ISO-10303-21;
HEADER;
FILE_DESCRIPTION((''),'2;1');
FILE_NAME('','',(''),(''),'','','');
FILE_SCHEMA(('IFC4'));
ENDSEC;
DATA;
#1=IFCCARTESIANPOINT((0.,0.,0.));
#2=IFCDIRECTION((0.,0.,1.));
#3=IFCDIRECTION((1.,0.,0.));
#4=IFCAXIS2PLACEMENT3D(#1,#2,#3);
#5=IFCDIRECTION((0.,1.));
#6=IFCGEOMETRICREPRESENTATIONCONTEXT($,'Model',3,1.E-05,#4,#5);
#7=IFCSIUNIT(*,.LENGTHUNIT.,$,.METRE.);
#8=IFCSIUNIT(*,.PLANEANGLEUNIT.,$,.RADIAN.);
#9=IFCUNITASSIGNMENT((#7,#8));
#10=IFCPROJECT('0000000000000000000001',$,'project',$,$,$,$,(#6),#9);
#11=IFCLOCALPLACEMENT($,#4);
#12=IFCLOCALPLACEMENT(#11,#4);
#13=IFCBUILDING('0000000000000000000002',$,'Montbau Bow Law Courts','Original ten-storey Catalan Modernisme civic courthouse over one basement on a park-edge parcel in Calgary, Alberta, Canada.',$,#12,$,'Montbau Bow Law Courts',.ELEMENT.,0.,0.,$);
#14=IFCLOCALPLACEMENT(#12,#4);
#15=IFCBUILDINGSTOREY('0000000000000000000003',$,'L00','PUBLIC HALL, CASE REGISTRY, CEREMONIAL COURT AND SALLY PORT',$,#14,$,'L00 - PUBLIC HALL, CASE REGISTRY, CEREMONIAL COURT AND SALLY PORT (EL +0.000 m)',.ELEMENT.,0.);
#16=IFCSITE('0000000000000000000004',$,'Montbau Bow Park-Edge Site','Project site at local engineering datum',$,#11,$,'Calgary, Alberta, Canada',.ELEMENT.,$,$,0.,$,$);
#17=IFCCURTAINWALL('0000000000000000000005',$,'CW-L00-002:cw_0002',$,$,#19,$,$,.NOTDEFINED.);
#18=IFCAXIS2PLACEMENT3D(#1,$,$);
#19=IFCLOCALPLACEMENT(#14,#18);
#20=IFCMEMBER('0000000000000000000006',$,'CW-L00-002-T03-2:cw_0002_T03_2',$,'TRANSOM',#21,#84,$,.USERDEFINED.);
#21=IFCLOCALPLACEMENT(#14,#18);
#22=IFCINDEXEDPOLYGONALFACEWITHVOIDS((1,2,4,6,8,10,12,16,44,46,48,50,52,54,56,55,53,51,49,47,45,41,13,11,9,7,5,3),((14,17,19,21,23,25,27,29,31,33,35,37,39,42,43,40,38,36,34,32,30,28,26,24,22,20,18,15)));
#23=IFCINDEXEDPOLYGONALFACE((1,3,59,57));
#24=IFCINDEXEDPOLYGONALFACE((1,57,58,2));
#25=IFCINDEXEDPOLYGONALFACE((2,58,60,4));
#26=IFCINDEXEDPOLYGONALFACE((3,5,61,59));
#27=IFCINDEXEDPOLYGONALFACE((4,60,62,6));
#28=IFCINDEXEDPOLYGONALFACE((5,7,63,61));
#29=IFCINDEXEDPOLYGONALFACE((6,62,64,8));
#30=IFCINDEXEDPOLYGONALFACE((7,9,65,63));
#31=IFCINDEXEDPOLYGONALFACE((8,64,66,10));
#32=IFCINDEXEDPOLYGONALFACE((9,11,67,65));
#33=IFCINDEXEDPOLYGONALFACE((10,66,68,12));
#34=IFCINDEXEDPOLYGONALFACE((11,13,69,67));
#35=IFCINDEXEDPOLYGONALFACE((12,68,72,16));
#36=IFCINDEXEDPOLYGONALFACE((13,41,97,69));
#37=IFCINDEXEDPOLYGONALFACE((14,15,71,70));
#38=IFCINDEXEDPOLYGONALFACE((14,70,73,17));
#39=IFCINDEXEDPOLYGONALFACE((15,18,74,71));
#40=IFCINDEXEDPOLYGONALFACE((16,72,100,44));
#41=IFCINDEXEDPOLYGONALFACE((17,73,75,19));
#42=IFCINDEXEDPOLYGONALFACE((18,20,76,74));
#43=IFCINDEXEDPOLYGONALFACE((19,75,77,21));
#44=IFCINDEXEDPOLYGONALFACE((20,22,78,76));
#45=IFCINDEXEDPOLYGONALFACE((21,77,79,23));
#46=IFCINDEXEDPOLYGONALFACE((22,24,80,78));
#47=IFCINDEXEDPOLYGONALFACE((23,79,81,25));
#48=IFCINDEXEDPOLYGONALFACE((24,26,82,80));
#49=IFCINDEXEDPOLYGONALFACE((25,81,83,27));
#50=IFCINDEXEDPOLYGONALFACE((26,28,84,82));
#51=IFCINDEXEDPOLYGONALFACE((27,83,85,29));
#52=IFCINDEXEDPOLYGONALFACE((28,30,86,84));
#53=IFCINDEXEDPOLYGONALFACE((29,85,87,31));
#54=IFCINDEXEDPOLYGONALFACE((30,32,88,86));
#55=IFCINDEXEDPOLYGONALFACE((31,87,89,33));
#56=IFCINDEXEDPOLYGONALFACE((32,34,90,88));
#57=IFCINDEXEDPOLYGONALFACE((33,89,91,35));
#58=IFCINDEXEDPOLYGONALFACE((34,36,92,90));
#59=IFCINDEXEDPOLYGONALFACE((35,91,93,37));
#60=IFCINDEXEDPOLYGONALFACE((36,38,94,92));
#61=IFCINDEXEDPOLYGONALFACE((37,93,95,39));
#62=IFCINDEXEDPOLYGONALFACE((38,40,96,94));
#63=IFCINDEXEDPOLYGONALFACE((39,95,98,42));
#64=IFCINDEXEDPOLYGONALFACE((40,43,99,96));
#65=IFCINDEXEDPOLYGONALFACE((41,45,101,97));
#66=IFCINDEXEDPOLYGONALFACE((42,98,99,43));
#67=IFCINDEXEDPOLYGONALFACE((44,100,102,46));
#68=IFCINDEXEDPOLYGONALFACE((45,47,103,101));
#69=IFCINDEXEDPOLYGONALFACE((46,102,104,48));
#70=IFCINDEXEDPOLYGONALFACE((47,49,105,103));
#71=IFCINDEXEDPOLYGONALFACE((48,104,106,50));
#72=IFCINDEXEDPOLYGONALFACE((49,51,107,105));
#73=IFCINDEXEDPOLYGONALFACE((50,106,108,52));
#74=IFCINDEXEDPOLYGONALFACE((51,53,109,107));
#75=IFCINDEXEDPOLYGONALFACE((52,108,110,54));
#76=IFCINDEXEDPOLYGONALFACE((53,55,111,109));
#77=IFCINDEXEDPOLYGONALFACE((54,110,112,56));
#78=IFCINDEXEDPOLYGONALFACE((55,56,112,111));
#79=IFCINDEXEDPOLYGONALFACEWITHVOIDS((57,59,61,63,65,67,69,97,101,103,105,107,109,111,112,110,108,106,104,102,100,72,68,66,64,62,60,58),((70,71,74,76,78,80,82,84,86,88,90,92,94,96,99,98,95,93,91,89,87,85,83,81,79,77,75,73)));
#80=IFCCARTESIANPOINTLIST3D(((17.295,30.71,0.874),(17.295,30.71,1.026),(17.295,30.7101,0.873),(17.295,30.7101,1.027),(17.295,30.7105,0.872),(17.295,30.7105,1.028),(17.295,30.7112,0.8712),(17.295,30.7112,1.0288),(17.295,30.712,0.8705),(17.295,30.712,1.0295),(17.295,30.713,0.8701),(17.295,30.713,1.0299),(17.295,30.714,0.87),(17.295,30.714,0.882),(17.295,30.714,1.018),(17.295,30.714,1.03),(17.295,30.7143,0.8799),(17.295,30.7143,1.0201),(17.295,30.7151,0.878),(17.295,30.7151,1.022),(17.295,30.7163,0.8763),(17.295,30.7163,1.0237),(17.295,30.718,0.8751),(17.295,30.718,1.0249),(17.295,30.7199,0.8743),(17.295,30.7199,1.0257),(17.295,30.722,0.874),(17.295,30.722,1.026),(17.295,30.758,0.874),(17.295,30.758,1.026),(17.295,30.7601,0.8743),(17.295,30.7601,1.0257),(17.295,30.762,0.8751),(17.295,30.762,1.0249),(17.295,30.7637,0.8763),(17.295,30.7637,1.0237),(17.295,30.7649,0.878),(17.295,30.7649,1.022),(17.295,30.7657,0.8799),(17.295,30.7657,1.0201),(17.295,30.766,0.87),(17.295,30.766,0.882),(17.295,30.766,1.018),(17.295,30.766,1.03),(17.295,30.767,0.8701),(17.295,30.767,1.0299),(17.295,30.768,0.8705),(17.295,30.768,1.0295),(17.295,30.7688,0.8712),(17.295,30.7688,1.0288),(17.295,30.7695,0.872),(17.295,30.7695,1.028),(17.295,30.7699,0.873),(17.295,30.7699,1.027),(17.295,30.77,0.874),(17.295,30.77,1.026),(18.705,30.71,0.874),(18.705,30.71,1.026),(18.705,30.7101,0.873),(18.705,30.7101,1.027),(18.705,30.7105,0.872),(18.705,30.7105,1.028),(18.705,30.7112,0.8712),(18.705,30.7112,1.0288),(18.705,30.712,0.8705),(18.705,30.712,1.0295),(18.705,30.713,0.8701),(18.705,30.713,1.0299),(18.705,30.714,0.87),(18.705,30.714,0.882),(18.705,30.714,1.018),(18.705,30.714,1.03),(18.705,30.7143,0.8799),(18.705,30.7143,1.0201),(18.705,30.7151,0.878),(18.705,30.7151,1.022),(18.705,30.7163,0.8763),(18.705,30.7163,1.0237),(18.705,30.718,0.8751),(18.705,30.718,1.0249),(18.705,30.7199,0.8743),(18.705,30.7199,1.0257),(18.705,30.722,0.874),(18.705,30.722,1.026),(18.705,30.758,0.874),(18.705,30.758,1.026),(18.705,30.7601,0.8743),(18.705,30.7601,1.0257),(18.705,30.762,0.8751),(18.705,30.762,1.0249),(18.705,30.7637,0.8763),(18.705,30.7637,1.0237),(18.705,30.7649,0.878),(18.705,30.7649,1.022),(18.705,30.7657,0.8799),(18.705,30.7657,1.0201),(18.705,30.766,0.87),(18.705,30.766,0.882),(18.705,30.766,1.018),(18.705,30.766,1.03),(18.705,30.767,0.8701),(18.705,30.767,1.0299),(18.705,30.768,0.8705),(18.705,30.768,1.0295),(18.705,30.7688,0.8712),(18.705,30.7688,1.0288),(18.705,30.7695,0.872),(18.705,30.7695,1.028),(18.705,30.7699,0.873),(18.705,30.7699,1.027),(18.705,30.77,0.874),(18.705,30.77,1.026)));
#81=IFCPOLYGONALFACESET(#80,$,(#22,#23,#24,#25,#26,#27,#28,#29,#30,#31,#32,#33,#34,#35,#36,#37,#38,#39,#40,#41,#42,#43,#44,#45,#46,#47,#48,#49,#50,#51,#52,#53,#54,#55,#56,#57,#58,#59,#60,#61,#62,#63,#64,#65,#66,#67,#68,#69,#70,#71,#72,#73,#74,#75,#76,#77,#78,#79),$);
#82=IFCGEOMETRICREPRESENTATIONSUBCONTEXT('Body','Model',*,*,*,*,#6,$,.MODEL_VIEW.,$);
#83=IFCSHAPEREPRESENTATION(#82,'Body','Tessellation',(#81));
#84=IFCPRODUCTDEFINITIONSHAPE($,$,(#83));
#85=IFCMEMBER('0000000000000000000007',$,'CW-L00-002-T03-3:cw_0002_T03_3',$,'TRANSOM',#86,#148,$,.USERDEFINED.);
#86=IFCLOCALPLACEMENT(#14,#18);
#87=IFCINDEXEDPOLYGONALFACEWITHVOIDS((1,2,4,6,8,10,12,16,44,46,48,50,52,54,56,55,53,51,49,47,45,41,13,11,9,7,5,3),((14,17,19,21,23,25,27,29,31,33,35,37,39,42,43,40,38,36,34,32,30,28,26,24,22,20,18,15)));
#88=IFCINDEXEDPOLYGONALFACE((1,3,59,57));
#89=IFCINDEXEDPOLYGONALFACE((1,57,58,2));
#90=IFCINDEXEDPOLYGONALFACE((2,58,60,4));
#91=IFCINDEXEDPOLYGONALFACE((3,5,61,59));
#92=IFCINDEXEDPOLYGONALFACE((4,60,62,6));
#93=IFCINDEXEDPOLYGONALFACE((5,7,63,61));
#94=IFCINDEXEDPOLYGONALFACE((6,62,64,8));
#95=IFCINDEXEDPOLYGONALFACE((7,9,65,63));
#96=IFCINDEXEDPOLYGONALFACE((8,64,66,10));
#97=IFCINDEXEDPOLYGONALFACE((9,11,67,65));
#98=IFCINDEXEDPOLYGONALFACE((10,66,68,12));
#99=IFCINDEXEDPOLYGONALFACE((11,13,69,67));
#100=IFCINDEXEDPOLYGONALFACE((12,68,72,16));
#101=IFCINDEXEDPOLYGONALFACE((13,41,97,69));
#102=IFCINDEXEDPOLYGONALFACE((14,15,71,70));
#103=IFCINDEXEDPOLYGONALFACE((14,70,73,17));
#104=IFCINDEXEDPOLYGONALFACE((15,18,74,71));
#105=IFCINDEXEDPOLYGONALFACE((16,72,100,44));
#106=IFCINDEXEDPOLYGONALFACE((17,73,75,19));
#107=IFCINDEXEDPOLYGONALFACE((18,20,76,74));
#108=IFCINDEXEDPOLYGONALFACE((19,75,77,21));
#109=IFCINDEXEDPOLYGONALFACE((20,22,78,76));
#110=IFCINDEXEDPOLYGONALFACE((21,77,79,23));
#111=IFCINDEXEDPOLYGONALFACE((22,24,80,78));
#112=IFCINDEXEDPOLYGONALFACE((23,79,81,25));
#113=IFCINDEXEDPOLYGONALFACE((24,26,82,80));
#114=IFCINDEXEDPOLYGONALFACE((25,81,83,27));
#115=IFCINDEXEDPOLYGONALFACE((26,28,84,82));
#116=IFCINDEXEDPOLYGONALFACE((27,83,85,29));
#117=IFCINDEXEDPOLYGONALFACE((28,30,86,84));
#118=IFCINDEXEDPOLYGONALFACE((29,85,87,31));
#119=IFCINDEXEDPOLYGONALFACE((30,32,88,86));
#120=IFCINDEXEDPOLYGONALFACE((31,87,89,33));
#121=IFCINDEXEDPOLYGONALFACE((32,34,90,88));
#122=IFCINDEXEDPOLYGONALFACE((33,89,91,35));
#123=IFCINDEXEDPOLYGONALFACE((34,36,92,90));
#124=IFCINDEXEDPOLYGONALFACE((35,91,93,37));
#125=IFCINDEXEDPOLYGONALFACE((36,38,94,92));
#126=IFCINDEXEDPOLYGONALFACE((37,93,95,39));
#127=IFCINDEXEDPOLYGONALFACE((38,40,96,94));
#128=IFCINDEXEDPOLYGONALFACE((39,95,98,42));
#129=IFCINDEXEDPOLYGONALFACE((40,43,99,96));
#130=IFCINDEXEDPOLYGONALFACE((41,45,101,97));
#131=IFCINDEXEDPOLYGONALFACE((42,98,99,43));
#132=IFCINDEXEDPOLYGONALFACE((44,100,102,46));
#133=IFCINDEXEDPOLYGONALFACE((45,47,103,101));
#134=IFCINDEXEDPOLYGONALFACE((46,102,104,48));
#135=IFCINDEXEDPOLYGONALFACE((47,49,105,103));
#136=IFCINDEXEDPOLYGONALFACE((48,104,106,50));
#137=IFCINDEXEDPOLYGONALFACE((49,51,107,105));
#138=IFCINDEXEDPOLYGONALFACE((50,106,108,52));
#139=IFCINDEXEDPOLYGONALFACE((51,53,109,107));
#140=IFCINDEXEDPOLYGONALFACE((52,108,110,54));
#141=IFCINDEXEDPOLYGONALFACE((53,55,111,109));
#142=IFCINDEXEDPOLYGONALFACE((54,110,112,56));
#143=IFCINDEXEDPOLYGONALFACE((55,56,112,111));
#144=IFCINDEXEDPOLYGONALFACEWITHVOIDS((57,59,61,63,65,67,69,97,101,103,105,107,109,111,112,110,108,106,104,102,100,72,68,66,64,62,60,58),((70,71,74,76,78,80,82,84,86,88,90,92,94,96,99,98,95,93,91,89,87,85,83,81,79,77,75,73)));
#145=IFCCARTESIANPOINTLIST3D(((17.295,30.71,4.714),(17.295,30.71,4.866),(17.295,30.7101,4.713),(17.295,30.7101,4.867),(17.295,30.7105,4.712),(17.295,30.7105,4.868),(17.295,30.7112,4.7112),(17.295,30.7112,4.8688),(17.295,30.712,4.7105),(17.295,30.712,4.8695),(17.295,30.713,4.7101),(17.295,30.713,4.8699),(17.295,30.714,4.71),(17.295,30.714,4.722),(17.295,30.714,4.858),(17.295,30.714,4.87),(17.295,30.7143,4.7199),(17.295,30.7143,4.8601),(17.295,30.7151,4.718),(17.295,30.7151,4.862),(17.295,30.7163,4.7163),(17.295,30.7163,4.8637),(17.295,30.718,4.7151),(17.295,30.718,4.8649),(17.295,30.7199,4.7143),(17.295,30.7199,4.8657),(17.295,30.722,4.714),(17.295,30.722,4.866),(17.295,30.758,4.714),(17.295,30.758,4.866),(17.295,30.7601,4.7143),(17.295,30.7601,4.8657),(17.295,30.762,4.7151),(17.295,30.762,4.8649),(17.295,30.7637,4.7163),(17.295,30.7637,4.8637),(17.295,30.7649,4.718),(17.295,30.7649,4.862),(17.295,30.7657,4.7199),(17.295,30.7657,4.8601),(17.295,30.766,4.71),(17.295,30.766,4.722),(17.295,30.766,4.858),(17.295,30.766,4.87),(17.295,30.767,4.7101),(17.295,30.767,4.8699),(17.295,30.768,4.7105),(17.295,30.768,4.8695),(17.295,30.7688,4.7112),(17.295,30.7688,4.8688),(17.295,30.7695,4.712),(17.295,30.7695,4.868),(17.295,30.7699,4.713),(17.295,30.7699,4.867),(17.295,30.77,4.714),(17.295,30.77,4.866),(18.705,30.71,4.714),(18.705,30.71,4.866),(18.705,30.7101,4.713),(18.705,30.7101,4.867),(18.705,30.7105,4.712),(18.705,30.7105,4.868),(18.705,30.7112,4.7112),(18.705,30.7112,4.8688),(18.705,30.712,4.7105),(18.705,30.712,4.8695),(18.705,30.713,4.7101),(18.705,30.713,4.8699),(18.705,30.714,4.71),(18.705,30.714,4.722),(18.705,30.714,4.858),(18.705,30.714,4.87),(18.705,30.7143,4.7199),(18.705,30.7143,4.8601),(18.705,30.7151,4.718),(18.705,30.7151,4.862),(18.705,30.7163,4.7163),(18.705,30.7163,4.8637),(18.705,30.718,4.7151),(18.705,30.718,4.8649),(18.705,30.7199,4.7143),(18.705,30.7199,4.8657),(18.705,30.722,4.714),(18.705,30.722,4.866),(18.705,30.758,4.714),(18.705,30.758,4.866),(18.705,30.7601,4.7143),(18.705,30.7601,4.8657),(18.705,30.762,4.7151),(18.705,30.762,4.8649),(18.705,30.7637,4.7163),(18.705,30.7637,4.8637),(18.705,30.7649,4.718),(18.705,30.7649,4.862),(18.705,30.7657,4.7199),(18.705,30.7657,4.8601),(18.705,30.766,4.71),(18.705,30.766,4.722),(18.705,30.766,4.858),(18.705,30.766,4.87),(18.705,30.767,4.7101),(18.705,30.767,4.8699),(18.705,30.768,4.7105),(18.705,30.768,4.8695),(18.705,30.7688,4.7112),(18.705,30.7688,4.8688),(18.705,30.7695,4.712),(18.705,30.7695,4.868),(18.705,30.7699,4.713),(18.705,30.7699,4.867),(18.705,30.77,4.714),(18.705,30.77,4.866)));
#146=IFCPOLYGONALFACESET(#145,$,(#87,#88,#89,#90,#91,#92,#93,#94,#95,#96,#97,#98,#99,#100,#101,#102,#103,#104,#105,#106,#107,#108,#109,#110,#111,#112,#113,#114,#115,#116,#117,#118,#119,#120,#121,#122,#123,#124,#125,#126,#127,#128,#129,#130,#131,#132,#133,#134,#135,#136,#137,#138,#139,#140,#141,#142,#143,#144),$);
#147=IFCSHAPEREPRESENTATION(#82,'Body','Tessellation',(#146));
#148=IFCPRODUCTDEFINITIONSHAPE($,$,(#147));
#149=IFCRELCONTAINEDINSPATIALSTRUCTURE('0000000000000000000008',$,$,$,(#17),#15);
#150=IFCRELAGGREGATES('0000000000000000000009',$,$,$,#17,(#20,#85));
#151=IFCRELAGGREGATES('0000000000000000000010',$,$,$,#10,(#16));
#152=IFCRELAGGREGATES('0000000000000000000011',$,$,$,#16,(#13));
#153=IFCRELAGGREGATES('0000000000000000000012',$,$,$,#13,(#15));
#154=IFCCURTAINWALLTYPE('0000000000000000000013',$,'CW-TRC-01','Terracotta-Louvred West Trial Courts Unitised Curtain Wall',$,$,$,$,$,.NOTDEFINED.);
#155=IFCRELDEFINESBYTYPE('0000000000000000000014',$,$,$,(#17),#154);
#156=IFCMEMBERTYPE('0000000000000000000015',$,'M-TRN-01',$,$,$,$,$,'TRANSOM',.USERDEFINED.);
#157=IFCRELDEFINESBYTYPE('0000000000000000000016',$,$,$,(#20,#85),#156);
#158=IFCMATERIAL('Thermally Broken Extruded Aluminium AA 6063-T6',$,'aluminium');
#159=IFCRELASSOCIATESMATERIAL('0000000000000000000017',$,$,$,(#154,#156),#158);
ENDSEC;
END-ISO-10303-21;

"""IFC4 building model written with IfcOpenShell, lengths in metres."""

from ifc_helpers import new_model, si_unit, direction, frame, origin_with_axes, origin_2d_with_axis, place, context, subcontext, project, spatial, hollow_rectangle, extrude, material, material_profile, profile_set, type_object, element, aggregate, save


model = new_model("IFC4")

# Units and contexts
model_context = context("Model", 3, precision=1e-05, world=origin_with_axes(), true_north=direction((0.0, 1.0)))
body_context = subcontext(model_context, "Body", "Model", "MODEL_VIEW")
ifc_project = project(units=[si_unit("LENGTHUNIT", "METRE"), si_unit("PLANEANGLEUNIT", "RADIAN")], contexts=[model_context])

# Site, building, storey
site_placement = place(None, origin_with_axes())
site = spatial("IfcSite", under=ifc_project, at=site_placement, Name="Montbau Bow Park-Edge Site", Description="Project site at local engineering datum", LongName="Calgary, Alberta, Canada", CompositionType="ELEMENT", RefElevation=0.0)
building_placement = place(site_placement, origin_with_axes())
building = spatial("IfcBuilding", under=site, at=building_placement, Name="Montbau Bow Law Courts", Description="Original ten-storey Catalan Modernisme civic courthouse over one basement on a park-edge parcel in Calgary, Alberta, Canada.", LongName="Montbau Bow Law Courts", CompositionType="ELEMENT", ElevationOfRefHeight=0.0, ElevationOfTerrain=0.0)
storey_placement = place(building_placement, origin_with_axes())
storey = spatial("IfcBuildingStorey", under=building, at=storey_placement, Name="L00", Description="PUBLIC HALL, CASE REGISTRY, CEREMONIAL COURT AND SALLY PORT", LongName="L00 - PUBLIC HALL, CASE REGISTRY, CEREMONIAL COURT AND SALLY PORT (EL +0.000 m)", CompositionType="ELEMENT", Elevation=0.0)

# Curtain wall, members
ifc_material_1 = material(Name="Thermally Broken Extruded Aluminium AA 6063-T6", Category="aluminium")
curtain_wall_type = type_object("IfcCurtainWallType", Name="CW-TRC-01", Description="Terracotta-Louvred West Trial Courts Unitised Curtain Wall", PredefinedType="NOTDEFINED", material=ifc_material_1)
curtain_wall_placement = place(None, frame((14.315, 30.74, 0.0), z_axis=(0.0, 0.0, 1.0), x_axis=(1.0, 0.0, 0.0)))
curtain_wall = element("IfcCurtainWall", 1, at=curtain_wall_placement, inside=storey, type_object=curtain_wall_type, Name="CW-L00-002:cw_0002", PredefinedType="NOTDEFINED")
ifc_material_profile_1 = material_profile(ifc_material_1, hollow_rectangle(XDim=0.06, YDim=0.16, WallThickness=0.004, InnerFilletRadius=0.008, OuterFilletRadius=0.004, at=origin_2d_with_axis()), Name="CWT-160X60", Category="Main", Priority=0)
ifc_profile_set_1 = profile_set([ifc_material_profile_1], Name="Thermally Broken Extruded Aluminium AA 6063-T6")
member_type_1 = type_object("IfcMemberType", Name="M-TRN-01", ElementType="TRANSOM", PredefinedType="USERDEFINED", material=ifc_profile_set_1)
member_1_placement = place(None, frame((17.295, 30.74, 0.95), z_axis=(1.0, 0.0, 0.0), x_axis=(0.0, 1.0, 0.0)))
member_1 = element("IfcMember", 2, at=member_1_placement, type_object=member_type_1, Name="CW-L00-002-T03-2:cw_0002_T03_2", ObjectType="TRANSOM", PredefinedType="USERDEFINED", context=body_context, shape_type="SweptSolid", body=[
    extrude(hollow_rectangle(XDim=0.06, YDim=0.16, WallThickness=0.004, InnerFilletRadius=0.008, OuterFilletRadius=0.004, at=origin_2d_with_axis()), origin_with_axes(), (0.0, 0.0, 1.0), 1.41),
])
member_2_placement = place(None, frame((17.295, 30.74, 4.79), z_axis=(1.0, 0.0, 0.0), x_axis=(0.0, 1.0, 0.0)))
member_2 = element("IfcMember", 3, at=member_2_placement, type_object=member_type_1, Name="CW-L00-002-T03-3:cw_0002_T03_3", ObjectType="TRANSOM", PredefinedType="USERDEFINED", context=body_context, shape_type="SweptSolid", body=[
    extrude(hollow_rectangle(XDim=0.06, YDim=0.16, WallThickness=0.004, InnerFilletRadius=0.008, OuterFilletRadius=0.004, at=origin_2d_with_axis()), origin_with_axes(), (0.0, 0.0, 1.0), 1.41),
])
aggregate(curtain_wall, [member_1, member_2])

save(model, "model.ifc")
